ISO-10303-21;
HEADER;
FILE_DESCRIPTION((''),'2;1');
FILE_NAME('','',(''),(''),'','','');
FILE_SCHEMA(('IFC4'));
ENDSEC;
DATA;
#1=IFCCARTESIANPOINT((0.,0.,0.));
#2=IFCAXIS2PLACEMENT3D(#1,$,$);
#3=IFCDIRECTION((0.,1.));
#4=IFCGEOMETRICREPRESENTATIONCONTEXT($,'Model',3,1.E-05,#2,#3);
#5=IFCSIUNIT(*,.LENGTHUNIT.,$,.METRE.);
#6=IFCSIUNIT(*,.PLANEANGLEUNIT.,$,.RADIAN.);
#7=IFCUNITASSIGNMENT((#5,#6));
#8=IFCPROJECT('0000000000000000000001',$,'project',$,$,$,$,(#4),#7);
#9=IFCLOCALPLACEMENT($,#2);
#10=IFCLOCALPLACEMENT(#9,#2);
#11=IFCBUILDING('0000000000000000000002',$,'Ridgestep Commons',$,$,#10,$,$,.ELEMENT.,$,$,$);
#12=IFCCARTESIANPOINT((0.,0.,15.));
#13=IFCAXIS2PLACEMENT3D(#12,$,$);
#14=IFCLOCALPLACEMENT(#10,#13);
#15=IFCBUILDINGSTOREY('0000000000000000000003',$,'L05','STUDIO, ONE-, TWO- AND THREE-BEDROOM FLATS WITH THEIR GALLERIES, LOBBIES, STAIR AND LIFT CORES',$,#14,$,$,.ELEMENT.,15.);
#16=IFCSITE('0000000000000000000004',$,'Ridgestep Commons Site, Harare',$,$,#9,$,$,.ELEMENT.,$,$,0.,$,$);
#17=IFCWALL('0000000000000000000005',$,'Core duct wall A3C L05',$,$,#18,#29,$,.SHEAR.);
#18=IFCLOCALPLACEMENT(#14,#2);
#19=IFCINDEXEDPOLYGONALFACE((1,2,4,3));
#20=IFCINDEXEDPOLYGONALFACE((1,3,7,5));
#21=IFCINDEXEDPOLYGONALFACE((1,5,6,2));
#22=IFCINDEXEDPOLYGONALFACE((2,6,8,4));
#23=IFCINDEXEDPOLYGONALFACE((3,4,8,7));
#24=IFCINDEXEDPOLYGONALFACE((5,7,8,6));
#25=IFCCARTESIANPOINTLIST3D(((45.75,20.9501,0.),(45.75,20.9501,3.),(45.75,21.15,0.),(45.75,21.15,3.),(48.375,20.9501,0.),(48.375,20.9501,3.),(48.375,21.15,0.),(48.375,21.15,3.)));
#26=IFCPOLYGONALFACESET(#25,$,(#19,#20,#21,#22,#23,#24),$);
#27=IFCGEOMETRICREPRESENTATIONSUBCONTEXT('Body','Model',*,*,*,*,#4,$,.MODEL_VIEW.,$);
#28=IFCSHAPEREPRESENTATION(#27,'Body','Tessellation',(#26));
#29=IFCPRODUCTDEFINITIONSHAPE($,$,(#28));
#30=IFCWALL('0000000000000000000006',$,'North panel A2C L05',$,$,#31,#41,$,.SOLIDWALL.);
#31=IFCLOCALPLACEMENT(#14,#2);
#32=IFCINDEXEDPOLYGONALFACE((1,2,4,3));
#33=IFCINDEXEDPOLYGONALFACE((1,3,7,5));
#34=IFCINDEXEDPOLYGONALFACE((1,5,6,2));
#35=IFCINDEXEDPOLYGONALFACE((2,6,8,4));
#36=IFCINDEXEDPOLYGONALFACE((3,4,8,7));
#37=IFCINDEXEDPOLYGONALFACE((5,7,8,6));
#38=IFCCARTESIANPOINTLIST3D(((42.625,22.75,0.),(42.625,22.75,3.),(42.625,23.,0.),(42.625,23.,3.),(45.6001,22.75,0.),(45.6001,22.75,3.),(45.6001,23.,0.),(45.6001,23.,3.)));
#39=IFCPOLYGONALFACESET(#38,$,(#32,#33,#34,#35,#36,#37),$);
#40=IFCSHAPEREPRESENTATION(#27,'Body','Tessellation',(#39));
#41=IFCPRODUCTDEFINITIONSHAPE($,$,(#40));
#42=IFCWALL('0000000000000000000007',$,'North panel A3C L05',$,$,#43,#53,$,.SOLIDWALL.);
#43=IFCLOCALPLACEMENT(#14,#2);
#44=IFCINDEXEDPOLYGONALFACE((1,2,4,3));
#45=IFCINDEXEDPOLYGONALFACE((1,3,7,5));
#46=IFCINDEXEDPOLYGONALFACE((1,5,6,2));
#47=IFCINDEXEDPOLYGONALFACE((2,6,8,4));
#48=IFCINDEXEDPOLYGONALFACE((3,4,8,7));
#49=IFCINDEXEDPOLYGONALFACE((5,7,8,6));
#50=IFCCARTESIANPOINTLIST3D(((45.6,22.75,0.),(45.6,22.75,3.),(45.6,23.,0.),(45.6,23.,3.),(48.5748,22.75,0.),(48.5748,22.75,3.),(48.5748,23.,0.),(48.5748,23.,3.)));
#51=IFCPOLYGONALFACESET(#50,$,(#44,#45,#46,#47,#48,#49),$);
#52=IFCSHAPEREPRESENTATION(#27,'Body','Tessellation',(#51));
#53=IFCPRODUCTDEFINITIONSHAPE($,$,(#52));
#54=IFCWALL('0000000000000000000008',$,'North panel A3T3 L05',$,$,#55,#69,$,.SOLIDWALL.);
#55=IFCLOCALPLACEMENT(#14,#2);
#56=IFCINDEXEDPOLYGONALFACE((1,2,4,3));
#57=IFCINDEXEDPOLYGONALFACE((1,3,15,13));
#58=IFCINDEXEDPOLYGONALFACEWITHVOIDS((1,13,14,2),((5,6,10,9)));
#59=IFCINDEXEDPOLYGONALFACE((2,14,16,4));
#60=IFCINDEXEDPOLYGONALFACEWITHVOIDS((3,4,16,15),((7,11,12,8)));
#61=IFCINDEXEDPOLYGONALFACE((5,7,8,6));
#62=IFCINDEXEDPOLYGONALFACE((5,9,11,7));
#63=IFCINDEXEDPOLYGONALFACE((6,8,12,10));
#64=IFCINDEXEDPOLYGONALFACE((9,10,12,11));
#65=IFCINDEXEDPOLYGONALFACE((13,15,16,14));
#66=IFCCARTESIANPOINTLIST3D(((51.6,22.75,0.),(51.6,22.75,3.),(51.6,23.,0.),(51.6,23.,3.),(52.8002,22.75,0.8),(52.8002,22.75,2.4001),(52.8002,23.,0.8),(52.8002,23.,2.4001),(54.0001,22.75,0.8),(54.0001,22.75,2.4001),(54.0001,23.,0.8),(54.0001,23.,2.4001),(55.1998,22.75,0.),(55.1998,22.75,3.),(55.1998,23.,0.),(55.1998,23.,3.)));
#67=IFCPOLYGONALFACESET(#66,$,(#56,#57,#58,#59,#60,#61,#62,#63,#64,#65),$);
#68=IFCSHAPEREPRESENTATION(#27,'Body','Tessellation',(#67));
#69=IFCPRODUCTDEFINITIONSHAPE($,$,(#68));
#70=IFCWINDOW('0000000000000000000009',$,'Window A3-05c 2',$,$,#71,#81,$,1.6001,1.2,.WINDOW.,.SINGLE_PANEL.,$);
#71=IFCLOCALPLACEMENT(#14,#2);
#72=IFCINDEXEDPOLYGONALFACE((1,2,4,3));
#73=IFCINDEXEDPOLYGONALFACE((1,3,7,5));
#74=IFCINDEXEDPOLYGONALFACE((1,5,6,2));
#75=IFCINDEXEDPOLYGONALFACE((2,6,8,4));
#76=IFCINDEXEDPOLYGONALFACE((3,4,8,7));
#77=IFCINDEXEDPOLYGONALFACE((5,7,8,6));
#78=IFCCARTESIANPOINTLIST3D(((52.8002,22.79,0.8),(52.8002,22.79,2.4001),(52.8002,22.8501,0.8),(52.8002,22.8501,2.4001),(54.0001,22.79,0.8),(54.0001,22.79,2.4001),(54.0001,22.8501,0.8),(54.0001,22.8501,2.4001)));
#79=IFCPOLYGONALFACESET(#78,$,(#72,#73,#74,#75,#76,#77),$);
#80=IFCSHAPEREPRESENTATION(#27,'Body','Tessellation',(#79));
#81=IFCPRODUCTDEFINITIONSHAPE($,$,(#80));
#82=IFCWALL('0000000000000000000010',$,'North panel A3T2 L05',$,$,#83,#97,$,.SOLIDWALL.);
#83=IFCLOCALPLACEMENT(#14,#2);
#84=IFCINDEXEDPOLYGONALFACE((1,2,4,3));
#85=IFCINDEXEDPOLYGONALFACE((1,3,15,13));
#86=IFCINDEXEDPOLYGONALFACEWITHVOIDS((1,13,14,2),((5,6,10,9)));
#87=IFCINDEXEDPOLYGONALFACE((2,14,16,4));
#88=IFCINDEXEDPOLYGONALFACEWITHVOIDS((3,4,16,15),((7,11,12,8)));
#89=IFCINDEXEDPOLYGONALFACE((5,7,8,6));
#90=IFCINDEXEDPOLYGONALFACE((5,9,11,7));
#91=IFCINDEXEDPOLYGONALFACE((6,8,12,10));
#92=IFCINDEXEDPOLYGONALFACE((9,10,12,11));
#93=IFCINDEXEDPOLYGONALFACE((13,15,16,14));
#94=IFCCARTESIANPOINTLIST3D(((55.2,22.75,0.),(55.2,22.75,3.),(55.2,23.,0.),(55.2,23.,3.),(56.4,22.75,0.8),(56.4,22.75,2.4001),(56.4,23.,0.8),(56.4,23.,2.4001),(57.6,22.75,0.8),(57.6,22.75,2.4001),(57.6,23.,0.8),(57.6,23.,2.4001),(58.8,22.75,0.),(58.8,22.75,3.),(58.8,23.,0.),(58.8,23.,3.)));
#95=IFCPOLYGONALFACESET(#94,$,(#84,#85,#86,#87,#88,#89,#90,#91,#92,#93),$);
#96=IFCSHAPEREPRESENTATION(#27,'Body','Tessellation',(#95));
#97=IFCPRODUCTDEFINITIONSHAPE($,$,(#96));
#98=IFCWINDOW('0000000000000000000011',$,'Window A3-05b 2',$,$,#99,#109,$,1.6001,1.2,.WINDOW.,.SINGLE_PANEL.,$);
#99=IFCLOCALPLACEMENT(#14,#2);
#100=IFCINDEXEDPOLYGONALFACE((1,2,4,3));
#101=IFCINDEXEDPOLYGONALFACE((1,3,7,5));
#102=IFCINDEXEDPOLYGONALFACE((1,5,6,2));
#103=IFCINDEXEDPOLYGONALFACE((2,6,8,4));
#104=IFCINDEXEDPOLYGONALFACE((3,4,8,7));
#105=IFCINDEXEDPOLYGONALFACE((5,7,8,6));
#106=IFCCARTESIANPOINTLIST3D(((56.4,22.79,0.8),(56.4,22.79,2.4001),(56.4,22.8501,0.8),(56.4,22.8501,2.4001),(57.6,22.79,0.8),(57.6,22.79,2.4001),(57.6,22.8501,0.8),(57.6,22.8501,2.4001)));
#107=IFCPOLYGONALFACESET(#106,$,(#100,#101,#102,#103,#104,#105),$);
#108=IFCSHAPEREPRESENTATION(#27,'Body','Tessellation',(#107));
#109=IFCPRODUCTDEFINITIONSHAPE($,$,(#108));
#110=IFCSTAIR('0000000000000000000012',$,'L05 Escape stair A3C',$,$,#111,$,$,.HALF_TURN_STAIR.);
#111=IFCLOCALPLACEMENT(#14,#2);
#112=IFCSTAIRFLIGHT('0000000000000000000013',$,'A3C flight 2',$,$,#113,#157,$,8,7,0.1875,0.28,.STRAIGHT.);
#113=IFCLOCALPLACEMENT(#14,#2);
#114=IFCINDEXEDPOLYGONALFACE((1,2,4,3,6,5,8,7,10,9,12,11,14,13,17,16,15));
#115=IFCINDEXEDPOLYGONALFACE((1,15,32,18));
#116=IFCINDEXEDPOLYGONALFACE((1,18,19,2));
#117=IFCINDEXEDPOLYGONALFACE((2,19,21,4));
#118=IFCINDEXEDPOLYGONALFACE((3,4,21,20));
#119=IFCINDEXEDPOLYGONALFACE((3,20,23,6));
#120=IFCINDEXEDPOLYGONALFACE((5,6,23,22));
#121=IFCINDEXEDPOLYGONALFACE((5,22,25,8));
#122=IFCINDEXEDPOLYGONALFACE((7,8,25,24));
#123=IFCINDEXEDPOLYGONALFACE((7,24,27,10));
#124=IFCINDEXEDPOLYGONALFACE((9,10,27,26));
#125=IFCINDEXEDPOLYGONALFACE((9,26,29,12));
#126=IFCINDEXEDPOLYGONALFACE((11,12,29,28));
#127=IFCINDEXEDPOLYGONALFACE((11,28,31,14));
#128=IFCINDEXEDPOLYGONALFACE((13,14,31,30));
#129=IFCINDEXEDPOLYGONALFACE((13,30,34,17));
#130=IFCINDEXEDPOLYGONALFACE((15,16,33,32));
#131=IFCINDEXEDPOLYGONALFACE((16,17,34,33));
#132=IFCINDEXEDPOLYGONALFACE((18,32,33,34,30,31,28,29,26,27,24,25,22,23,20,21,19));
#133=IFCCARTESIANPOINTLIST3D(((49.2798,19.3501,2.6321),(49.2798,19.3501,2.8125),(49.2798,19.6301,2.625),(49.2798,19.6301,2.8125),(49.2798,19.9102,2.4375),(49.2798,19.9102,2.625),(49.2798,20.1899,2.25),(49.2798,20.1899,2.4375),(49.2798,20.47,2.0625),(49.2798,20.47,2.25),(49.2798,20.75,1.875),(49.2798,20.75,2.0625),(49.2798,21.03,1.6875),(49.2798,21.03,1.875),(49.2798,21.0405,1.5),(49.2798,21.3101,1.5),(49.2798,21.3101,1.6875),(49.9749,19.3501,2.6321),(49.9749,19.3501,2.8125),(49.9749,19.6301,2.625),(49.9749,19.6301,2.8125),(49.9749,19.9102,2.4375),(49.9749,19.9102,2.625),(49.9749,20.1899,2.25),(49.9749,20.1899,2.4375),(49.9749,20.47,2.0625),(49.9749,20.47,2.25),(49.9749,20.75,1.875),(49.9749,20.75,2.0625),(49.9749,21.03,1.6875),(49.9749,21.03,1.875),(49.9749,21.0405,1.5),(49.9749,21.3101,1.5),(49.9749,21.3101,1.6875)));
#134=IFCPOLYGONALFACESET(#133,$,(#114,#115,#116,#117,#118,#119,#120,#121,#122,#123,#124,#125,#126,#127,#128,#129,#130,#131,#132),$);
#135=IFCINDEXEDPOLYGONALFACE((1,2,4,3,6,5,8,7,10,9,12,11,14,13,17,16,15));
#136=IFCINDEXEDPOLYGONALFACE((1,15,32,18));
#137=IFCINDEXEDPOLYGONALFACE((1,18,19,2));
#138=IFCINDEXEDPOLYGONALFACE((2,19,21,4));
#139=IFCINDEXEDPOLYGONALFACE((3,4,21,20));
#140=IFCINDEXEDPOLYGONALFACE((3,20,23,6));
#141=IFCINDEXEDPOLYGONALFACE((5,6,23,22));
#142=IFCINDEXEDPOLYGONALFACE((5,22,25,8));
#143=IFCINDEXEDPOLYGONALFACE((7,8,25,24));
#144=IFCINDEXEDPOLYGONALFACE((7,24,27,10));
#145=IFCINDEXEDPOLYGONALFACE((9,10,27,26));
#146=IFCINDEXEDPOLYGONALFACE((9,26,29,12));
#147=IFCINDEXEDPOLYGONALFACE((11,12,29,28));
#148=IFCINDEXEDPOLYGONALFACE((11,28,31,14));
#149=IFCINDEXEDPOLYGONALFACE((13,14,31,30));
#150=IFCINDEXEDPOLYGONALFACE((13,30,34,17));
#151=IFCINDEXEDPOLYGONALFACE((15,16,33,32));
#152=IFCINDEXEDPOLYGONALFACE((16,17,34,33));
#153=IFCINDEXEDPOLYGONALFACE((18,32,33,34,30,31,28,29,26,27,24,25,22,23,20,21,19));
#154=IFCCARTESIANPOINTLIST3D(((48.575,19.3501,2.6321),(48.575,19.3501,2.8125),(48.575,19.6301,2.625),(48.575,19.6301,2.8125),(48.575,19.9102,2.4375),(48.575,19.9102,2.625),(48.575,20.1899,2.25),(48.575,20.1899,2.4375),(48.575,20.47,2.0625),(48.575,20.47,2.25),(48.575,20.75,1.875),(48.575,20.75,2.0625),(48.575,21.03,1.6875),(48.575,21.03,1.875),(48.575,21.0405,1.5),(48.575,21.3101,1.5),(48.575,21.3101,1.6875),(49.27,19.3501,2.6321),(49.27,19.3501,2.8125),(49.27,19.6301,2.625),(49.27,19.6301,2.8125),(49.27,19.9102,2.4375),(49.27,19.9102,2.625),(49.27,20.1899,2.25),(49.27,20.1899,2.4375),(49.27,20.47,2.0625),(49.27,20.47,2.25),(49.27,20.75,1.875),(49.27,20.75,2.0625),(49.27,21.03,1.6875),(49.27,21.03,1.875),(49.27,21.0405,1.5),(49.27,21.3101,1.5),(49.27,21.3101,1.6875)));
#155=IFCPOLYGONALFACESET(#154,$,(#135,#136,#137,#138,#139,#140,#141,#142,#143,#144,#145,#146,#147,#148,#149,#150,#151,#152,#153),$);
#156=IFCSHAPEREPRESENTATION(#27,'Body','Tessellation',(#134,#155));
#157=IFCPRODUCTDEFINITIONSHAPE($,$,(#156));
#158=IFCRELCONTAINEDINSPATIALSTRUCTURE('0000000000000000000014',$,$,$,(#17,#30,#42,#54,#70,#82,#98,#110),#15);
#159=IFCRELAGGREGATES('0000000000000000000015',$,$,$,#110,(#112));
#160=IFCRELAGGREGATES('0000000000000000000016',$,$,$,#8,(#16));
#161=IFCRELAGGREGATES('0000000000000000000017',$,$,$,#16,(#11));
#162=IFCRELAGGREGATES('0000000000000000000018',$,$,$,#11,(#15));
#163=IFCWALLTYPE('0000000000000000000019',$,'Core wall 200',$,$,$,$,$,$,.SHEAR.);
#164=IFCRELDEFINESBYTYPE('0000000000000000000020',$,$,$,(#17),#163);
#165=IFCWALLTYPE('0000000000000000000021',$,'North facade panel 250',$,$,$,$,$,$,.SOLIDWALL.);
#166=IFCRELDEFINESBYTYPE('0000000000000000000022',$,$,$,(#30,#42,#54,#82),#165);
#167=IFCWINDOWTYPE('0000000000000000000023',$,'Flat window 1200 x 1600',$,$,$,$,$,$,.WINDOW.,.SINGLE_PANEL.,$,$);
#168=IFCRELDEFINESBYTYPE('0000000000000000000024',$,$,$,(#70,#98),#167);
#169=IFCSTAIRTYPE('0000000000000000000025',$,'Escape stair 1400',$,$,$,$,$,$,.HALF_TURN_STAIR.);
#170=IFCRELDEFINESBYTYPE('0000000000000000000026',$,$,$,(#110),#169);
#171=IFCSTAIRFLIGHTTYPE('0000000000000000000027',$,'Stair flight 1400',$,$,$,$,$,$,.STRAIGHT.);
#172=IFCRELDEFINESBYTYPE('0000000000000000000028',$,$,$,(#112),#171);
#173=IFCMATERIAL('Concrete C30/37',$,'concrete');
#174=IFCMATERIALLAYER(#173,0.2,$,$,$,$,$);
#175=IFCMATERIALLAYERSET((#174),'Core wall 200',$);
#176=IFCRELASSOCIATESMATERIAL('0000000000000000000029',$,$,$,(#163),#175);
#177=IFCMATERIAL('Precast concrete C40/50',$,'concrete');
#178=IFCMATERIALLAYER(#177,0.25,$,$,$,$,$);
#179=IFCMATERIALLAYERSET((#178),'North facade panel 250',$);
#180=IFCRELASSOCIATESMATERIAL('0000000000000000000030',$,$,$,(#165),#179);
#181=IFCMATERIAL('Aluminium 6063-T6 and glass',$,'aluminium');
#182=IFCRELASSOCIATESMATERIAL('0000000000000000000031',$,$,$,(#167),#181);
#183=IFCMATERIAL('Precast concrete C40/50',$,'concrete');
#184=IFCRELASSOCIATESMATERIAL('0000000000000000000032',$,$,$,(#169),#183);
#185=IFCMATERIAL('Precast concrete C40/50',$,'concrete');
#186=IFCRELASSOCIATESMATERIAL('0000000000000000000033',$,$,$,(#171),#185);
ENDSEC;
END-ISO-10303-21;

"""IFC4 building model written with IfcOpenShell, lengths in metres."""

from ifc_helpers import new_model, si_unit, direction, frame, frame_2d, origin, place, context, subcontext, project, spatial, polyline, rectangle, outline, extrude, material, layer, layer_set, type_object, element, fill, aggregate, save


model = new_model("IFC4")

# Units and contexts
model_context = context("Model", 3, precision=1e-05, world=origin(), true_north=direction((0.0, 1.0)))
body_context = subcontext(model_context, "Body", "Model", "MODEL_VIEW")
ifc_project = project(units=[si_unit("LENGTHUNIT", "METRE"), si_unit("PLANEANGLEUNIT", "RADIAN")], contexts=[model_context])

# Site, building, storey
site_placement = place(None, origin())
site = spatial("IfcSite", under=ifc_project, at=site_placement, Name="Ridgestep Commons Site, Harare", CompositionType="ELEMENT", RefElevation=0.0)
building_placement = place(site_placement, origin())
building = spatial("IfcBuilding", under=site, at=building_placement, Name="Ridgestep Commons", CompositionType="ELEMENT")
storey_placement = place(building_placement, frame((0.0, 0.0, 15.0)))
storey = spatial("IfcBuildingStorey", under=building, at=storey_placement, Name="L05", Description="STUDIO, ONE-, TWO- AND THREE-BEDROOM FLATS WITH THEIR GALLERIES, LOBBIES, STAIR AND LIFT CORES", CompositionType="ELEMENT", Elevation=15.0)

# Walls
ifc_material_1 = material(Name="Concrete C30/37", Category="concrete")
ifc_layer_1 = layer(ifc_material_1, 0.2)
ifc_layer_set_1 = layer_set([ifc_layer_1], Name="Core wall 200")
wall_type_1 = type_object("IfcWallType", Name="Core wall 200", PredefinedType="SHEAR", material=ifc_layer_set_1)
for number, where, z_axis, x_axis, name in (
    (1, (45.75, 21.05, 0.0), (0.0, 0.0, 1.0), (1.0, 0.0, 0.0), "Core duct wall A3C L05"),
):
    element("IfcWall", number, at=place(storey_placement, frame(where, z_axis=z_axis, x_axis=x_axis)), inside=storey, type_object=wall_type_1, Name=name, PredefinedType="SHEAR", context=body_context, shape_type="SweptSolid", body=[
        extrude(rectangle(XDim=2.625, YDim=0.2, at=frame_2d((1.3125, 0.0))), origin(), (0.0, 0.0, 1.0), 3.0),
    ])
ifc_material_2 = material(Name="Precast concrete C40/50", Category="concrete")
ifc_layer_2 = layer(ifc_material_2, 0.25)
ifc_layer_set_2 = layer_set([ifc_layer_2], Name="North facade panel 250")
wall_type_2 = type_object("IfcWallType", Name="North facade panel 250", PredefinedType="SOLIDWALL", material=ifc_layer_set_2)
wall_1_placement = place(storey_placement, frame((42.625, 22.875, 0.0), z_axis=(0.0, 0.0, 1.0), x_axis=(1.0, 0.0, 0.0)))
element("IfcWall", 2, at=wall_1_placement, inside=storey, type_object=wall_type_2, Name="North panel A2C L05", PredefinedType="SOLIDWALL", context=body_context, shape_type="SweptSolid", body=[
    extrude(rectangle(XDim=2.9751, YDim=0.25, at=frame_2d((1.4875, 0.0))), origin(), (0.0, 0.0, 1.0), 3.0),
])
wall_2_placement = place(storey_placement, frame((45.6001, 22.875, 0.0), z_axis=(0.0, 0.0, 1.0), x_axis=(1.0, 0.0, 0.0)))
element("IfcWall", 3, at=wall_2_placement, inside=storey, type_object=wall_type_2, Name="North panel A3C L05", PredefinedType="SOLIDWALL", context=body_context, shape_type="SweptSolid", body=[
    extrude(rectangle(XDim=2.9749, YDim=0.25, at=frame_2d((1.4873, 0.0))), origin(), (0.0, 0.0, 1.0), 3.0),
])

# Walls, openings, windows
wall_3_placement = place(storey_placement, frame((51.6001, 22.875, 0.0), z_axis=(0.0, 0.0, 1.0), x_axis=(1.0, 0.0, 0.0)))
wall_3 = element("IfcWall", 4, at=wall_3_placement, inside=storey, type_object=wall_type_2, Name="North panel A3T3 L05", PredefinedType="SOLIDWALL", context=body_context, shape_type="SweptSolid", body=[
    extrude(rectangle(XDim=3.5999, YDim=0.25, at=frame_2d((1.7998, 0.0))), origin(), (0.0, 0.0, 1.0), 3.0),
])
opening_1_placement = place(wall_3_placement, frame((1.2, 0.0, 0.8)))
opening_1 = element("IfcOpeningElement", 5, at=opening_1_placement, cuts=wall_3, PredefinedType="OPENING", context=body_context, shape_type="SweptSolid", body=[
    extrude(rectangle(XDim=1.2, YDim=1.6001, at=frame_2d((0.6001, 0.8))), frame((0.0, 0.135, 0.0), z_axis=(0.0, -1.0, 0.0), x_axis=(1.0, 0.0, 0.0)), (0.0, 0.0, 1.0), 0.27),
])
ifc_material_3 = material(Name="Aluminium 6063-T6 and glass", Category="aluminium")
window_type = type_object("IfcWindowType", Name="Flat window 1200 x 1600", PartitioningType="SINGLE_PANEL", PredefinedType="WINDOW", material=ifc_material_3)
window_1_placement = place(opening_1_placement, origin())
window_1 = element("IfcWindow", 6, at=window_1_placement, inside=storey, type_object=window_type, Name="Window A3-05c 2", OverallHeight=1.6001, OverallWidth=1.2, PartitioningType="SINGLE_PANEL", PredefinedType="WINDOW", context=body_context, shape_type="SweptSolid", body=[
    extrude(rectangle(XDim=1.2, YDim=1.6001, at=frame_2d((0.6001, 0.8))), frame((0.0, -0.0249, 0.0), z_axis=(0.0, -1.0, 0.0), x_axis=(1.0, 0.0, 0.0)), (0.0, 0.0, 1.0), 0.0601),
])
fill(opening_1, window_1)
wall_4_placement = place(storey_placement, frame((55.2, 22.875, 0.0), z_axis=(0.0, 0.0, 1.0), x_axis=(1.0, 0.0, 0.0)))
wall_4 = element("IfcWall", 7, at=wall_4_placement, inside=storey, type_object=wall_type_2, Name="North panel A3T2 L05", PredefinedType="SOLIDWALL", context=body_context, shape_type="SweptSolid", body=[
    extrude(rectangle(XDim=3.6001, YDim=0.25, at=frame_2d((1.8, 0.0))), origin(), (0.0, 0.0, 1.0), 3.0),
])
opening_2_placement = place(wall_4_placement, frame((1.2, 0.0, 0.8)))
opening_2 = element("IfcOpeningElement", 8, at=opening_2_placement, cuts=wall_4, PredefinedType="OPENING", context=body_context, shape_type="SweptSolid", body=[
    extrude(rectangle(XDim=1.2, YDim=1.6001, at=frame_2d((0.6001, 0.8))), frame((0.0, 0.135, 0.0), z_axis=(0.0, -1.0, 0.0), x_axis=(1.0, 0.0, 0.0)), (0.0, 0.0, 1.0), 0.27),
])
window_2_placement = place(opening_2_placement, origin())
window_2 = element("IfcWindow", 9, at=window_2_placement, inside=storey, type_object=window_type, Name="Window A3-05b 2", OverallHeight=1.6001, OverallWidth=1.2, PartitioningType="SINGLE_PANEL", PredefinedType="WINDOW", context=body_context, shape_type="SweptSolid", body=[
    extrude(rectangle(XDim=1.2, YDim=1.6001, at=frame_2d((0.6001, 0.8))), frame((0.0, -0.0249, 0.0), z_axis=(0.0, -1.0, 0.0), x_axis=(1.0, 0.0, 0.0)), (0.0, 0.0, 1.0), 0.0601),
])
fill(opening_2, window_2)

# Stair, stair flight
ifc_material_4 = material(Name="Precast concrete C40/50", Category="concrete")
stair_type = type_object("IfcStairType", Name="Escape stair 1400", PredefinedType="HALF_TURN_STAIR", material=ifc_material_4)
stair_placement = place(storey_placement, origin())
stair = element("IfcStair", 10, at=stair_placement, inside=storey, type_object=stair_type, Name="L05 Escape stair A3C", PredefinedType="HALF_TURN_STAIR")
ifc_material_5 = material(Name="Precast concrete C40/50", Category="concrete")
stair_flight_type = type_object("IfcStairFlightType", Name="Stair flight 1400", PredefinedType="STRAIGHT", material=ifc_material_5)
stair_flight_placement = place(storey_placement, frame((49.2749, 21.3101, 1.5), z_axis=(0.0, 0.0, 1.0), x_axis=(0.0, -1.0, 0.0)))
stair_flight = element("IfcStairFlight", 11, at=stair_flight_placement, type_object=stair_flight_type, Name="A3C flight 2", NumberOfRisers=8, NumberOfTreads=7, PredefinedType="STRAIGHT", RiserHeight=0.1875, TreadLength=0.28, context=body_context, shape_type="SweptSolid", body=[
    extrude(outline(polyline([(0.0, 0.0), (0.0, 0.1875), (0.28, 0.1875), (0.28, 0.375), (0.5601, 0.375), (0.5601, 0.5625), (0.8401, 0.5625), (0.8401, 0.75), (1.1201, 0.75), (1.1201, 0.9375), (1.3999, 0.9375), (1.3999, 1.125), (1.6799, 1.125), (1.6799, 1.3125), (1.96, 1.3125), (1.96, 1.5), (1.96, 1.1321), (0.2695, 0.0), (0.0, 0.0)])), frame((0.0, 0.7, 0.0), z_axis=(0.0, -1.0, 0.0), x_axis=(1.0, 0.0, 0.0)), (0.0, 0.0, 1.0), 0.6951),
    extrude(outline(polyline([(0.0, 0.0), (0.0, 0.1875), (0.28, 0.1875), (0.28, 0.375), (0.5601, 0.375), (0.5601, 0.5625), (0.8401, 0.5625), (0.8401, 0.75), (1.1201, 0.75), (1.1201, 0.9375), (1.3999, 0.9375), (1.3999, 1.125), (1.6799, 1.125), (1.6799, 1.3125), (1.96, 1.3125), (1.96, 1.5), (1.96, 1.1321), (0.2695, 0.0), (0.0, 0.0)])), frame((0.0, -0.0049, 0.0), z_axis=(0.0, -1.0, 0.0), x_axis=(1.0, 0.0, 0.0)), (0.0, 0.0, 1.0), 0.6951),
])
aggregate(stair, [stair_flight])

save(model, "model.ifc")
